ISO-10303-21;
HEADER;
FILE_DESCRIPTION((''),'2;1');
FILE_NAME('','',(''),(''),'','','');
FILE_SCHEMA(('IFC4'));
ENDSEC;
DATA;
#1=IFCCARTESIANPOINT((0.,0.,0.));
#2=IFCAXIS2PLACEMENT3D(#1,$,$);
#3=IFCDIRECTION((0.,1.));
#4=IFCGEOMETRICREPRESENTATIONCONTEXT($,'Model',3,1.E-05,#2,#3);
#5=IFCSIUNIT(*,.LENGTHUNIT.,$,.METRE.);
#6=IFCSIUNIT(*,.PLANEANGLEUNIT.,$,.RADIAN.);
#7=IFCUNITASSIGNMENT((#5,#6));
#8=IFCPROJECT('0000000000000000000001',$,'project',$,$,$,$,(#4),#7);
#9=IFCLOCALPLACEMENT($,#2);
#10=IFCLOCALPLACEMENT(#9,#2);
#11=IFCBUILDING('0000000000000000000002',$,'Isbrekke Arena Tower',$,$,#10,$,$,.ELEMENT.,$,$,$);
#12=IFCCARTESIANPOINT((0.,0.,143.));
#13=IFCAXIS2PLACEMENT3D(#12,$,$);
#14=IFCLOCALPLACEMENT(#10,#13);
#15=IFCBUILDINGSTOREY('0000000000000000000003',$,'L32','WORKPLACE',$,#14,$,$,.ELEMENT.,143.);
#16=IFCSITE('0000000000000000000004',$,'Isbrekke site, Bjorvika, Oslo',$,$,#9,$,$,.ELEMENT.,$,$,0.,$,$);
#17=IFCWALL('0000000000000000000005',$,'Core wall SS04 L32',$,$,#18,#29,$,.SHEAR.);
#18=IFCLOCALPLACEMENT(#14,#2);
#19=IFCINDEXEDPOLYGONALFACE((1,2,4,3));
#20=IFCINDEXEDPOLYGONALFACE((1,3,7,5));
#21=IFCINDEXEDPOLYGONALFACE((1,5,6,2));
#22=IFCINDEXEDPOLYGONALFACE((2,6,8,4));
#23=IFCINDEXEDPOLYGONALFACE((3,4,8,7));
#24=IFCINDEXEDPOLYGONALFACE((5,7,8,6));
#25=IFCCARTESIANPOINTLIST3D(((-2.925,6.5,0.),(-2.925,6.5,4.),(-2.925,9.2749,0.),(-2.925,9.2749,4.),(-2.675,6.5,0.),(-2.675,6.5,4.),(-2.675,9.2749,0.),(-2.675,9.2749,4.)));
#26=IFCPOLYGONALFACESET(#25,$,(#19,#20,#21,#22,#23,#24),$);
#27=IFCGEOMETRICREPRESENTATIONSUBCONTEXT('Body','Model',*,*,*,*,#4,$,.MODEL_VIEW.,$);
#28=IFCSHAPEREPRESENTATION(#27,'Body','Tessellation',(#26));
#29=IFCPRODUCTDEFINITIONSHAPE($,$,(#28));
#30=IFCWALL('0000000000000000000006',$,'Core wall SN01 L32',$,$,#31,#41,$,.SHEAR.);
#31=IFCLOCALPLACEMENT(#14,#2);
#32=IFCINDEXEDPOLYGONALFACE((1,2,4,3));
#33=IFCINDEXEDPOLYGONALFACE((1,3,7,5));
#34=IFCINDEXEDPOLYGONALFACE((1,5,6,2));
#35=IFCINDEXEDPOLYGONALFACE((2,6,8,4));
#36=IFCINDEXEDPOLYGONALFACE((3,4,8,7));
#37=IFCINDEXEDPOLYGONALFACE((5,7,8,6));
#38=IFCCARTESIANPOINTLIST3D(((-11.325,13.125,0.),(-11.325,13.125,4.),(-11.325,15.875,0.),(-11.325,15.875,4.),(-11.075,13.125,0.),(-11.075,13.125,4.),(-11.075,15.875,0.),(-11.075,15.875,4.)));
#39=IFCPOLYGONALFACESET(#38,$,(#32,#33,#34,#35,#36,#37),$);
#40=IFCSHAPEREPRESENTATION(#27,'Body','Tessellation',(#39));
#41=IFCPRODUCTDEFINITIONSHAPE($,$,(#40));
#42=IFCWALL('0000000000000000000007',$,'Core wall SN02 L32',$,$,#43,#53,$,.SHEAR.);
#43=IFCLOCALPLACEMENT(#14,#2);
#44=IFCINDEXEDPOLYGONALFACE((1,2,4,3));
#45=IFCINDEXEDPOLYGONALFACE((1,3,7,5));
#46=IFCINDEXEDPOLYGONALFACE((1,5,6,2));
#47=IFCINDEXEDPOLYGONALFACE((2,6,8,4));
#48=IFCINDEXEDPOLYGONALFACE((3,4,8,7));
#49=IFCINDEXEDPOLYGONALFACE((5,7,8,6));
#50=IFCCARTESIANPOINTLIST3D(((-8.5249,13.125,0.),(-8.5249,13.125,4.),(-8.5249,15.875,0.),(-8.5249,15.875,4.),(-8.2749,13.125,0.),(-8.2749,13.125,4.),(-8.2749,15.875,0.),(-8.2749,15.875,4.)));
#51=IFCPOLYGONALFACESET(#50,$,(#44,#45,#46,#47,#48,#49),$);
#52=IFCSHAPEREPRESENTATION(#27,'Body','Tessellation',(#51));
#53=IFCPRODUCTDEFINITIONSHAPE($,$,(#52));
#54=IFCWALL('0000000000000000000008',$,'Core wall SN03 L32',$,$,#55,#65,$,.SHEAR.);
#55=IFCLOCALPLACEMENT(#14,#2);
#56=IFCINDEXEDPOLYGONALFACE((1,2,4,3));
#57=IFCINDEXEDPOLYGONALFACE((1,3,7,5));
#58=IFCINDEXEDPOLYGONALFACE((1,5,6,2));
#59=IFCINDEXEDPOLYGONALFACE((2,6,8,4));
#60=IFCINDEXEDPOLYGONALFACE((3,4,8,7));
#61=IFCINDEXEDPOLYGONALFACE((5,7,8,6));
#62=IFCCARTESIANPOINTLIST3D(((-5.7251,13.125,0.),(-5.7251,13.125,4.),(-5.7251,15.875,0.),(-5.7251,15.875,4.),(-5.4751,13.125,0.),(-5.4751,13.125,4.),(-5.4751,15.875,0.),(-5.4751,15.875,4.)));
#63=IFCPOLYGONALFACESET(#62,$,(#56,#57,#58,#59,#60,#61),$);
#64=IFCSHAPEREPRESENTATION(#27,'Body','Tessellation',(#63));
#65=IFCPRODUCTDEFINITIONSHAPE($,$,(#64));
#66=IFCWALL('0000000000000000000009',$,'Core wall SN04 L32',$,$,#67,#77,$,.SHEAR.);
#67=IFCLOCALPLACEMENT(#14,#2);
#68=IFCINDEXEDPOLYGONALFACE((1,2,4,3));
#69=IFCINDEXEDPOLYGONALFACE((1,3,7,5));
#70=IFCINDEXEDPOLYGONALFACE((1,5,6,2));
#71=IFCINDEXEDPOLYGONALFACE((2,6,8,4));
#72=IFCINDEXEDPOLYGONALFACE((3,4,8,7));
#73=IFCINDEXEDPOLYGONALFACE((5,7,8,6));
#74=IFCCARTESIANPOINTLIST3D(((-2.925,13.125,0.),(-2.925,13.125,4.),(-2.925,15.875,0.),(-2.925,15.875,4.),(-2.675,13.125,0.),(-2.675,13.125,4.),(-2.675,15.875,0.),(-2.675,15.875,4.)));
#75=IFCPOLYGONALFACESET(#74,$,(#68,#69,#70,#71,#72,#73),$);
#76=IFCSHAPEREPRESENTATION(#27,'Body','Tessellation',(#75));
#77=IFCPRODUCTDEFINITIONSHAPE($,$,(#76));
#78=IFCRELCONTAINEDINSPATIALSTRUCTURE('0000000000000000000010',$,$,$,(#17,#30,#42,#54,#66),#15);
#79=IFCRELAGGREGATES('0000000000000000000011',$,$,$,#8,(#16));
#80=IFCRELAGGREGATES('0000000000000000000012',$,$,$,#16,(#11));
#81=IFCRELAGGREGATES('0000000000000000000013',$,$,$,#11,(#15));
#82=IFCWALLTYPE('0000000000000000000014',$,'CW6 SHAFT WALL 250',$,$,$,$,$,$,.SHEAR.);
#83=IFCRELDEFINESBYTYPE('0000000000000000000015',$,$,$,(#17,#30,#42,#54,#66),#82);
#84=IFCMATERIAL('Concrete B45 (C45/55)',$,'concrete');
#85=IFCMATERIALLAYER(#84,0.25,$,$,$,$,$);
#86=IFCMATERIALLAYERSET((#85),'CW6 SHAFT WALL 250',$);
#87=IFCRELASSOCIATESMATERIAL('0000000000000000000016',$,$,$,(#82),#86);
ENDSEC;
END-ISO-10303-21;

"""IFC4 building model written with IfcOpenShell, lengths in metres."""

from ifc_helpers import new_model, si_unit, direction, frame, frame_2d, origin, place, context, subcontext, project, spatial, rectangle, extrude, material, layer, layer_set, type_object, element, save


model = new_model("IFC4")

# Units and contexts
model_context = context("Model", 3, precision=1e-05, world=origin(), true_north=direction((0.0, 1.0)))
body_context = subcontext(model_context, "Body", "Model", "MODEL_VIEW")
ifc_project = project(units=[si_unit("LENGTHUNIT", "METRE"), si_unit("PLANEANGLEUNIT", "RADIAN")], contexts=[model_context])

# Site, building, storey
site_placement = place(None, origin())
site = spatial("IfcSite", under=ifc_project, at=site_placement, Name="Isbrekke site, Bjorvika, Oslo", CompositionType="ELEMENT", RefElevation=0.0)
building_placement = place(site_placement, origin())
building = spatial("IfcBuilding", under=site, at=building_placement, Name="Isbrekke Arena Tower", CompositionType="ELEMENT")
storey_placement = place(building_placement, frame((0.0, 0.0, 143.0)))
storey = spatial("IfcBuildingStorey", under=building, at=storey_placement, Name="L32", Description="WORKPLACE", CompositionType="ELEMENT", Elevation=143.0)

# Shared definitions
ifc_material_1 = material(Name="Concrete B45 (C45/55)", Category="concrete")
ifc_layer_1 = layer(ifc_material_1, 0.25)
ifc_layer_set_1 = layer_set([ifc_layer_1], Name="CW6 SHAFT WALL 250")
wall_type_1 = type_object("IfcWallType", Name="CW6 SHAFT WALL 250", PredefinedType="SHEAR", material=ifc_layer_set_1)

# Walls
for number, where, z_axis, x_axis, name in (
    (1, (-2.8, 6.5, 0.0), (0.0, 0.0, 1.0), (0.0, 1.0, 0.0), "Core wall SS04 L32"),
):
    element("IfcWall", number, at=place(storey_placement, frame(where, z_axis=z_axis, x_axis=x_axis)), inside=storey, type_object=wall_type_1, Name=name, PredefinedType="SHEAR", context=body_context, shape_type="SweptSolid", body=[
        extrude(rectangle(XDim=2.7749, YDim=0.25, at=frame_2d((1.3875, 0.0))), origin(), (0.0, 0.0, 1.0), 4.0),
    ])
for number, where, z_axis, x_axis, name in (
    (2, (-11.2, 13.125, 0.0), (0.0, 0.0, 1.0), (0.0, 1.0, 0.0), "Core wall SN01 L32"),
    (3, (-8.3999, 13.125, 0.0), (0.0, 0.0, 1.0), (0.0, 1.0, 0.0), "Core wall SN02 L32"),
    (4, (-5.6001, 13.125, 0.0), (0.0, 0.0, 1.0), (0.0, 1.0, 0.0), "Core wall SN03 L32"),
    (5, (-2.8, 13.125, 0.0), (0.0, 0.0, 1.0), (0.0, 1.0, 0.0), "Core wall SN04 L32"),
):
    element("IfcWall", number, at=place(storey_placement, frame(where, z_axis=z_axis, x_axis=x_axis)), inside=storey, type_object=wall_type_1, Name=name, PredefinedType="SHEAR", context=body_context, shape_type="SweptSolid", body=[
        extrude(rectangle(XDim=2.75, YDim=0.25, at=frame_2d((1.375, 0.0))), origin(), (0.0, 0.0, 1.0), 4.0),
    ])

save(model, "model.ifc")
